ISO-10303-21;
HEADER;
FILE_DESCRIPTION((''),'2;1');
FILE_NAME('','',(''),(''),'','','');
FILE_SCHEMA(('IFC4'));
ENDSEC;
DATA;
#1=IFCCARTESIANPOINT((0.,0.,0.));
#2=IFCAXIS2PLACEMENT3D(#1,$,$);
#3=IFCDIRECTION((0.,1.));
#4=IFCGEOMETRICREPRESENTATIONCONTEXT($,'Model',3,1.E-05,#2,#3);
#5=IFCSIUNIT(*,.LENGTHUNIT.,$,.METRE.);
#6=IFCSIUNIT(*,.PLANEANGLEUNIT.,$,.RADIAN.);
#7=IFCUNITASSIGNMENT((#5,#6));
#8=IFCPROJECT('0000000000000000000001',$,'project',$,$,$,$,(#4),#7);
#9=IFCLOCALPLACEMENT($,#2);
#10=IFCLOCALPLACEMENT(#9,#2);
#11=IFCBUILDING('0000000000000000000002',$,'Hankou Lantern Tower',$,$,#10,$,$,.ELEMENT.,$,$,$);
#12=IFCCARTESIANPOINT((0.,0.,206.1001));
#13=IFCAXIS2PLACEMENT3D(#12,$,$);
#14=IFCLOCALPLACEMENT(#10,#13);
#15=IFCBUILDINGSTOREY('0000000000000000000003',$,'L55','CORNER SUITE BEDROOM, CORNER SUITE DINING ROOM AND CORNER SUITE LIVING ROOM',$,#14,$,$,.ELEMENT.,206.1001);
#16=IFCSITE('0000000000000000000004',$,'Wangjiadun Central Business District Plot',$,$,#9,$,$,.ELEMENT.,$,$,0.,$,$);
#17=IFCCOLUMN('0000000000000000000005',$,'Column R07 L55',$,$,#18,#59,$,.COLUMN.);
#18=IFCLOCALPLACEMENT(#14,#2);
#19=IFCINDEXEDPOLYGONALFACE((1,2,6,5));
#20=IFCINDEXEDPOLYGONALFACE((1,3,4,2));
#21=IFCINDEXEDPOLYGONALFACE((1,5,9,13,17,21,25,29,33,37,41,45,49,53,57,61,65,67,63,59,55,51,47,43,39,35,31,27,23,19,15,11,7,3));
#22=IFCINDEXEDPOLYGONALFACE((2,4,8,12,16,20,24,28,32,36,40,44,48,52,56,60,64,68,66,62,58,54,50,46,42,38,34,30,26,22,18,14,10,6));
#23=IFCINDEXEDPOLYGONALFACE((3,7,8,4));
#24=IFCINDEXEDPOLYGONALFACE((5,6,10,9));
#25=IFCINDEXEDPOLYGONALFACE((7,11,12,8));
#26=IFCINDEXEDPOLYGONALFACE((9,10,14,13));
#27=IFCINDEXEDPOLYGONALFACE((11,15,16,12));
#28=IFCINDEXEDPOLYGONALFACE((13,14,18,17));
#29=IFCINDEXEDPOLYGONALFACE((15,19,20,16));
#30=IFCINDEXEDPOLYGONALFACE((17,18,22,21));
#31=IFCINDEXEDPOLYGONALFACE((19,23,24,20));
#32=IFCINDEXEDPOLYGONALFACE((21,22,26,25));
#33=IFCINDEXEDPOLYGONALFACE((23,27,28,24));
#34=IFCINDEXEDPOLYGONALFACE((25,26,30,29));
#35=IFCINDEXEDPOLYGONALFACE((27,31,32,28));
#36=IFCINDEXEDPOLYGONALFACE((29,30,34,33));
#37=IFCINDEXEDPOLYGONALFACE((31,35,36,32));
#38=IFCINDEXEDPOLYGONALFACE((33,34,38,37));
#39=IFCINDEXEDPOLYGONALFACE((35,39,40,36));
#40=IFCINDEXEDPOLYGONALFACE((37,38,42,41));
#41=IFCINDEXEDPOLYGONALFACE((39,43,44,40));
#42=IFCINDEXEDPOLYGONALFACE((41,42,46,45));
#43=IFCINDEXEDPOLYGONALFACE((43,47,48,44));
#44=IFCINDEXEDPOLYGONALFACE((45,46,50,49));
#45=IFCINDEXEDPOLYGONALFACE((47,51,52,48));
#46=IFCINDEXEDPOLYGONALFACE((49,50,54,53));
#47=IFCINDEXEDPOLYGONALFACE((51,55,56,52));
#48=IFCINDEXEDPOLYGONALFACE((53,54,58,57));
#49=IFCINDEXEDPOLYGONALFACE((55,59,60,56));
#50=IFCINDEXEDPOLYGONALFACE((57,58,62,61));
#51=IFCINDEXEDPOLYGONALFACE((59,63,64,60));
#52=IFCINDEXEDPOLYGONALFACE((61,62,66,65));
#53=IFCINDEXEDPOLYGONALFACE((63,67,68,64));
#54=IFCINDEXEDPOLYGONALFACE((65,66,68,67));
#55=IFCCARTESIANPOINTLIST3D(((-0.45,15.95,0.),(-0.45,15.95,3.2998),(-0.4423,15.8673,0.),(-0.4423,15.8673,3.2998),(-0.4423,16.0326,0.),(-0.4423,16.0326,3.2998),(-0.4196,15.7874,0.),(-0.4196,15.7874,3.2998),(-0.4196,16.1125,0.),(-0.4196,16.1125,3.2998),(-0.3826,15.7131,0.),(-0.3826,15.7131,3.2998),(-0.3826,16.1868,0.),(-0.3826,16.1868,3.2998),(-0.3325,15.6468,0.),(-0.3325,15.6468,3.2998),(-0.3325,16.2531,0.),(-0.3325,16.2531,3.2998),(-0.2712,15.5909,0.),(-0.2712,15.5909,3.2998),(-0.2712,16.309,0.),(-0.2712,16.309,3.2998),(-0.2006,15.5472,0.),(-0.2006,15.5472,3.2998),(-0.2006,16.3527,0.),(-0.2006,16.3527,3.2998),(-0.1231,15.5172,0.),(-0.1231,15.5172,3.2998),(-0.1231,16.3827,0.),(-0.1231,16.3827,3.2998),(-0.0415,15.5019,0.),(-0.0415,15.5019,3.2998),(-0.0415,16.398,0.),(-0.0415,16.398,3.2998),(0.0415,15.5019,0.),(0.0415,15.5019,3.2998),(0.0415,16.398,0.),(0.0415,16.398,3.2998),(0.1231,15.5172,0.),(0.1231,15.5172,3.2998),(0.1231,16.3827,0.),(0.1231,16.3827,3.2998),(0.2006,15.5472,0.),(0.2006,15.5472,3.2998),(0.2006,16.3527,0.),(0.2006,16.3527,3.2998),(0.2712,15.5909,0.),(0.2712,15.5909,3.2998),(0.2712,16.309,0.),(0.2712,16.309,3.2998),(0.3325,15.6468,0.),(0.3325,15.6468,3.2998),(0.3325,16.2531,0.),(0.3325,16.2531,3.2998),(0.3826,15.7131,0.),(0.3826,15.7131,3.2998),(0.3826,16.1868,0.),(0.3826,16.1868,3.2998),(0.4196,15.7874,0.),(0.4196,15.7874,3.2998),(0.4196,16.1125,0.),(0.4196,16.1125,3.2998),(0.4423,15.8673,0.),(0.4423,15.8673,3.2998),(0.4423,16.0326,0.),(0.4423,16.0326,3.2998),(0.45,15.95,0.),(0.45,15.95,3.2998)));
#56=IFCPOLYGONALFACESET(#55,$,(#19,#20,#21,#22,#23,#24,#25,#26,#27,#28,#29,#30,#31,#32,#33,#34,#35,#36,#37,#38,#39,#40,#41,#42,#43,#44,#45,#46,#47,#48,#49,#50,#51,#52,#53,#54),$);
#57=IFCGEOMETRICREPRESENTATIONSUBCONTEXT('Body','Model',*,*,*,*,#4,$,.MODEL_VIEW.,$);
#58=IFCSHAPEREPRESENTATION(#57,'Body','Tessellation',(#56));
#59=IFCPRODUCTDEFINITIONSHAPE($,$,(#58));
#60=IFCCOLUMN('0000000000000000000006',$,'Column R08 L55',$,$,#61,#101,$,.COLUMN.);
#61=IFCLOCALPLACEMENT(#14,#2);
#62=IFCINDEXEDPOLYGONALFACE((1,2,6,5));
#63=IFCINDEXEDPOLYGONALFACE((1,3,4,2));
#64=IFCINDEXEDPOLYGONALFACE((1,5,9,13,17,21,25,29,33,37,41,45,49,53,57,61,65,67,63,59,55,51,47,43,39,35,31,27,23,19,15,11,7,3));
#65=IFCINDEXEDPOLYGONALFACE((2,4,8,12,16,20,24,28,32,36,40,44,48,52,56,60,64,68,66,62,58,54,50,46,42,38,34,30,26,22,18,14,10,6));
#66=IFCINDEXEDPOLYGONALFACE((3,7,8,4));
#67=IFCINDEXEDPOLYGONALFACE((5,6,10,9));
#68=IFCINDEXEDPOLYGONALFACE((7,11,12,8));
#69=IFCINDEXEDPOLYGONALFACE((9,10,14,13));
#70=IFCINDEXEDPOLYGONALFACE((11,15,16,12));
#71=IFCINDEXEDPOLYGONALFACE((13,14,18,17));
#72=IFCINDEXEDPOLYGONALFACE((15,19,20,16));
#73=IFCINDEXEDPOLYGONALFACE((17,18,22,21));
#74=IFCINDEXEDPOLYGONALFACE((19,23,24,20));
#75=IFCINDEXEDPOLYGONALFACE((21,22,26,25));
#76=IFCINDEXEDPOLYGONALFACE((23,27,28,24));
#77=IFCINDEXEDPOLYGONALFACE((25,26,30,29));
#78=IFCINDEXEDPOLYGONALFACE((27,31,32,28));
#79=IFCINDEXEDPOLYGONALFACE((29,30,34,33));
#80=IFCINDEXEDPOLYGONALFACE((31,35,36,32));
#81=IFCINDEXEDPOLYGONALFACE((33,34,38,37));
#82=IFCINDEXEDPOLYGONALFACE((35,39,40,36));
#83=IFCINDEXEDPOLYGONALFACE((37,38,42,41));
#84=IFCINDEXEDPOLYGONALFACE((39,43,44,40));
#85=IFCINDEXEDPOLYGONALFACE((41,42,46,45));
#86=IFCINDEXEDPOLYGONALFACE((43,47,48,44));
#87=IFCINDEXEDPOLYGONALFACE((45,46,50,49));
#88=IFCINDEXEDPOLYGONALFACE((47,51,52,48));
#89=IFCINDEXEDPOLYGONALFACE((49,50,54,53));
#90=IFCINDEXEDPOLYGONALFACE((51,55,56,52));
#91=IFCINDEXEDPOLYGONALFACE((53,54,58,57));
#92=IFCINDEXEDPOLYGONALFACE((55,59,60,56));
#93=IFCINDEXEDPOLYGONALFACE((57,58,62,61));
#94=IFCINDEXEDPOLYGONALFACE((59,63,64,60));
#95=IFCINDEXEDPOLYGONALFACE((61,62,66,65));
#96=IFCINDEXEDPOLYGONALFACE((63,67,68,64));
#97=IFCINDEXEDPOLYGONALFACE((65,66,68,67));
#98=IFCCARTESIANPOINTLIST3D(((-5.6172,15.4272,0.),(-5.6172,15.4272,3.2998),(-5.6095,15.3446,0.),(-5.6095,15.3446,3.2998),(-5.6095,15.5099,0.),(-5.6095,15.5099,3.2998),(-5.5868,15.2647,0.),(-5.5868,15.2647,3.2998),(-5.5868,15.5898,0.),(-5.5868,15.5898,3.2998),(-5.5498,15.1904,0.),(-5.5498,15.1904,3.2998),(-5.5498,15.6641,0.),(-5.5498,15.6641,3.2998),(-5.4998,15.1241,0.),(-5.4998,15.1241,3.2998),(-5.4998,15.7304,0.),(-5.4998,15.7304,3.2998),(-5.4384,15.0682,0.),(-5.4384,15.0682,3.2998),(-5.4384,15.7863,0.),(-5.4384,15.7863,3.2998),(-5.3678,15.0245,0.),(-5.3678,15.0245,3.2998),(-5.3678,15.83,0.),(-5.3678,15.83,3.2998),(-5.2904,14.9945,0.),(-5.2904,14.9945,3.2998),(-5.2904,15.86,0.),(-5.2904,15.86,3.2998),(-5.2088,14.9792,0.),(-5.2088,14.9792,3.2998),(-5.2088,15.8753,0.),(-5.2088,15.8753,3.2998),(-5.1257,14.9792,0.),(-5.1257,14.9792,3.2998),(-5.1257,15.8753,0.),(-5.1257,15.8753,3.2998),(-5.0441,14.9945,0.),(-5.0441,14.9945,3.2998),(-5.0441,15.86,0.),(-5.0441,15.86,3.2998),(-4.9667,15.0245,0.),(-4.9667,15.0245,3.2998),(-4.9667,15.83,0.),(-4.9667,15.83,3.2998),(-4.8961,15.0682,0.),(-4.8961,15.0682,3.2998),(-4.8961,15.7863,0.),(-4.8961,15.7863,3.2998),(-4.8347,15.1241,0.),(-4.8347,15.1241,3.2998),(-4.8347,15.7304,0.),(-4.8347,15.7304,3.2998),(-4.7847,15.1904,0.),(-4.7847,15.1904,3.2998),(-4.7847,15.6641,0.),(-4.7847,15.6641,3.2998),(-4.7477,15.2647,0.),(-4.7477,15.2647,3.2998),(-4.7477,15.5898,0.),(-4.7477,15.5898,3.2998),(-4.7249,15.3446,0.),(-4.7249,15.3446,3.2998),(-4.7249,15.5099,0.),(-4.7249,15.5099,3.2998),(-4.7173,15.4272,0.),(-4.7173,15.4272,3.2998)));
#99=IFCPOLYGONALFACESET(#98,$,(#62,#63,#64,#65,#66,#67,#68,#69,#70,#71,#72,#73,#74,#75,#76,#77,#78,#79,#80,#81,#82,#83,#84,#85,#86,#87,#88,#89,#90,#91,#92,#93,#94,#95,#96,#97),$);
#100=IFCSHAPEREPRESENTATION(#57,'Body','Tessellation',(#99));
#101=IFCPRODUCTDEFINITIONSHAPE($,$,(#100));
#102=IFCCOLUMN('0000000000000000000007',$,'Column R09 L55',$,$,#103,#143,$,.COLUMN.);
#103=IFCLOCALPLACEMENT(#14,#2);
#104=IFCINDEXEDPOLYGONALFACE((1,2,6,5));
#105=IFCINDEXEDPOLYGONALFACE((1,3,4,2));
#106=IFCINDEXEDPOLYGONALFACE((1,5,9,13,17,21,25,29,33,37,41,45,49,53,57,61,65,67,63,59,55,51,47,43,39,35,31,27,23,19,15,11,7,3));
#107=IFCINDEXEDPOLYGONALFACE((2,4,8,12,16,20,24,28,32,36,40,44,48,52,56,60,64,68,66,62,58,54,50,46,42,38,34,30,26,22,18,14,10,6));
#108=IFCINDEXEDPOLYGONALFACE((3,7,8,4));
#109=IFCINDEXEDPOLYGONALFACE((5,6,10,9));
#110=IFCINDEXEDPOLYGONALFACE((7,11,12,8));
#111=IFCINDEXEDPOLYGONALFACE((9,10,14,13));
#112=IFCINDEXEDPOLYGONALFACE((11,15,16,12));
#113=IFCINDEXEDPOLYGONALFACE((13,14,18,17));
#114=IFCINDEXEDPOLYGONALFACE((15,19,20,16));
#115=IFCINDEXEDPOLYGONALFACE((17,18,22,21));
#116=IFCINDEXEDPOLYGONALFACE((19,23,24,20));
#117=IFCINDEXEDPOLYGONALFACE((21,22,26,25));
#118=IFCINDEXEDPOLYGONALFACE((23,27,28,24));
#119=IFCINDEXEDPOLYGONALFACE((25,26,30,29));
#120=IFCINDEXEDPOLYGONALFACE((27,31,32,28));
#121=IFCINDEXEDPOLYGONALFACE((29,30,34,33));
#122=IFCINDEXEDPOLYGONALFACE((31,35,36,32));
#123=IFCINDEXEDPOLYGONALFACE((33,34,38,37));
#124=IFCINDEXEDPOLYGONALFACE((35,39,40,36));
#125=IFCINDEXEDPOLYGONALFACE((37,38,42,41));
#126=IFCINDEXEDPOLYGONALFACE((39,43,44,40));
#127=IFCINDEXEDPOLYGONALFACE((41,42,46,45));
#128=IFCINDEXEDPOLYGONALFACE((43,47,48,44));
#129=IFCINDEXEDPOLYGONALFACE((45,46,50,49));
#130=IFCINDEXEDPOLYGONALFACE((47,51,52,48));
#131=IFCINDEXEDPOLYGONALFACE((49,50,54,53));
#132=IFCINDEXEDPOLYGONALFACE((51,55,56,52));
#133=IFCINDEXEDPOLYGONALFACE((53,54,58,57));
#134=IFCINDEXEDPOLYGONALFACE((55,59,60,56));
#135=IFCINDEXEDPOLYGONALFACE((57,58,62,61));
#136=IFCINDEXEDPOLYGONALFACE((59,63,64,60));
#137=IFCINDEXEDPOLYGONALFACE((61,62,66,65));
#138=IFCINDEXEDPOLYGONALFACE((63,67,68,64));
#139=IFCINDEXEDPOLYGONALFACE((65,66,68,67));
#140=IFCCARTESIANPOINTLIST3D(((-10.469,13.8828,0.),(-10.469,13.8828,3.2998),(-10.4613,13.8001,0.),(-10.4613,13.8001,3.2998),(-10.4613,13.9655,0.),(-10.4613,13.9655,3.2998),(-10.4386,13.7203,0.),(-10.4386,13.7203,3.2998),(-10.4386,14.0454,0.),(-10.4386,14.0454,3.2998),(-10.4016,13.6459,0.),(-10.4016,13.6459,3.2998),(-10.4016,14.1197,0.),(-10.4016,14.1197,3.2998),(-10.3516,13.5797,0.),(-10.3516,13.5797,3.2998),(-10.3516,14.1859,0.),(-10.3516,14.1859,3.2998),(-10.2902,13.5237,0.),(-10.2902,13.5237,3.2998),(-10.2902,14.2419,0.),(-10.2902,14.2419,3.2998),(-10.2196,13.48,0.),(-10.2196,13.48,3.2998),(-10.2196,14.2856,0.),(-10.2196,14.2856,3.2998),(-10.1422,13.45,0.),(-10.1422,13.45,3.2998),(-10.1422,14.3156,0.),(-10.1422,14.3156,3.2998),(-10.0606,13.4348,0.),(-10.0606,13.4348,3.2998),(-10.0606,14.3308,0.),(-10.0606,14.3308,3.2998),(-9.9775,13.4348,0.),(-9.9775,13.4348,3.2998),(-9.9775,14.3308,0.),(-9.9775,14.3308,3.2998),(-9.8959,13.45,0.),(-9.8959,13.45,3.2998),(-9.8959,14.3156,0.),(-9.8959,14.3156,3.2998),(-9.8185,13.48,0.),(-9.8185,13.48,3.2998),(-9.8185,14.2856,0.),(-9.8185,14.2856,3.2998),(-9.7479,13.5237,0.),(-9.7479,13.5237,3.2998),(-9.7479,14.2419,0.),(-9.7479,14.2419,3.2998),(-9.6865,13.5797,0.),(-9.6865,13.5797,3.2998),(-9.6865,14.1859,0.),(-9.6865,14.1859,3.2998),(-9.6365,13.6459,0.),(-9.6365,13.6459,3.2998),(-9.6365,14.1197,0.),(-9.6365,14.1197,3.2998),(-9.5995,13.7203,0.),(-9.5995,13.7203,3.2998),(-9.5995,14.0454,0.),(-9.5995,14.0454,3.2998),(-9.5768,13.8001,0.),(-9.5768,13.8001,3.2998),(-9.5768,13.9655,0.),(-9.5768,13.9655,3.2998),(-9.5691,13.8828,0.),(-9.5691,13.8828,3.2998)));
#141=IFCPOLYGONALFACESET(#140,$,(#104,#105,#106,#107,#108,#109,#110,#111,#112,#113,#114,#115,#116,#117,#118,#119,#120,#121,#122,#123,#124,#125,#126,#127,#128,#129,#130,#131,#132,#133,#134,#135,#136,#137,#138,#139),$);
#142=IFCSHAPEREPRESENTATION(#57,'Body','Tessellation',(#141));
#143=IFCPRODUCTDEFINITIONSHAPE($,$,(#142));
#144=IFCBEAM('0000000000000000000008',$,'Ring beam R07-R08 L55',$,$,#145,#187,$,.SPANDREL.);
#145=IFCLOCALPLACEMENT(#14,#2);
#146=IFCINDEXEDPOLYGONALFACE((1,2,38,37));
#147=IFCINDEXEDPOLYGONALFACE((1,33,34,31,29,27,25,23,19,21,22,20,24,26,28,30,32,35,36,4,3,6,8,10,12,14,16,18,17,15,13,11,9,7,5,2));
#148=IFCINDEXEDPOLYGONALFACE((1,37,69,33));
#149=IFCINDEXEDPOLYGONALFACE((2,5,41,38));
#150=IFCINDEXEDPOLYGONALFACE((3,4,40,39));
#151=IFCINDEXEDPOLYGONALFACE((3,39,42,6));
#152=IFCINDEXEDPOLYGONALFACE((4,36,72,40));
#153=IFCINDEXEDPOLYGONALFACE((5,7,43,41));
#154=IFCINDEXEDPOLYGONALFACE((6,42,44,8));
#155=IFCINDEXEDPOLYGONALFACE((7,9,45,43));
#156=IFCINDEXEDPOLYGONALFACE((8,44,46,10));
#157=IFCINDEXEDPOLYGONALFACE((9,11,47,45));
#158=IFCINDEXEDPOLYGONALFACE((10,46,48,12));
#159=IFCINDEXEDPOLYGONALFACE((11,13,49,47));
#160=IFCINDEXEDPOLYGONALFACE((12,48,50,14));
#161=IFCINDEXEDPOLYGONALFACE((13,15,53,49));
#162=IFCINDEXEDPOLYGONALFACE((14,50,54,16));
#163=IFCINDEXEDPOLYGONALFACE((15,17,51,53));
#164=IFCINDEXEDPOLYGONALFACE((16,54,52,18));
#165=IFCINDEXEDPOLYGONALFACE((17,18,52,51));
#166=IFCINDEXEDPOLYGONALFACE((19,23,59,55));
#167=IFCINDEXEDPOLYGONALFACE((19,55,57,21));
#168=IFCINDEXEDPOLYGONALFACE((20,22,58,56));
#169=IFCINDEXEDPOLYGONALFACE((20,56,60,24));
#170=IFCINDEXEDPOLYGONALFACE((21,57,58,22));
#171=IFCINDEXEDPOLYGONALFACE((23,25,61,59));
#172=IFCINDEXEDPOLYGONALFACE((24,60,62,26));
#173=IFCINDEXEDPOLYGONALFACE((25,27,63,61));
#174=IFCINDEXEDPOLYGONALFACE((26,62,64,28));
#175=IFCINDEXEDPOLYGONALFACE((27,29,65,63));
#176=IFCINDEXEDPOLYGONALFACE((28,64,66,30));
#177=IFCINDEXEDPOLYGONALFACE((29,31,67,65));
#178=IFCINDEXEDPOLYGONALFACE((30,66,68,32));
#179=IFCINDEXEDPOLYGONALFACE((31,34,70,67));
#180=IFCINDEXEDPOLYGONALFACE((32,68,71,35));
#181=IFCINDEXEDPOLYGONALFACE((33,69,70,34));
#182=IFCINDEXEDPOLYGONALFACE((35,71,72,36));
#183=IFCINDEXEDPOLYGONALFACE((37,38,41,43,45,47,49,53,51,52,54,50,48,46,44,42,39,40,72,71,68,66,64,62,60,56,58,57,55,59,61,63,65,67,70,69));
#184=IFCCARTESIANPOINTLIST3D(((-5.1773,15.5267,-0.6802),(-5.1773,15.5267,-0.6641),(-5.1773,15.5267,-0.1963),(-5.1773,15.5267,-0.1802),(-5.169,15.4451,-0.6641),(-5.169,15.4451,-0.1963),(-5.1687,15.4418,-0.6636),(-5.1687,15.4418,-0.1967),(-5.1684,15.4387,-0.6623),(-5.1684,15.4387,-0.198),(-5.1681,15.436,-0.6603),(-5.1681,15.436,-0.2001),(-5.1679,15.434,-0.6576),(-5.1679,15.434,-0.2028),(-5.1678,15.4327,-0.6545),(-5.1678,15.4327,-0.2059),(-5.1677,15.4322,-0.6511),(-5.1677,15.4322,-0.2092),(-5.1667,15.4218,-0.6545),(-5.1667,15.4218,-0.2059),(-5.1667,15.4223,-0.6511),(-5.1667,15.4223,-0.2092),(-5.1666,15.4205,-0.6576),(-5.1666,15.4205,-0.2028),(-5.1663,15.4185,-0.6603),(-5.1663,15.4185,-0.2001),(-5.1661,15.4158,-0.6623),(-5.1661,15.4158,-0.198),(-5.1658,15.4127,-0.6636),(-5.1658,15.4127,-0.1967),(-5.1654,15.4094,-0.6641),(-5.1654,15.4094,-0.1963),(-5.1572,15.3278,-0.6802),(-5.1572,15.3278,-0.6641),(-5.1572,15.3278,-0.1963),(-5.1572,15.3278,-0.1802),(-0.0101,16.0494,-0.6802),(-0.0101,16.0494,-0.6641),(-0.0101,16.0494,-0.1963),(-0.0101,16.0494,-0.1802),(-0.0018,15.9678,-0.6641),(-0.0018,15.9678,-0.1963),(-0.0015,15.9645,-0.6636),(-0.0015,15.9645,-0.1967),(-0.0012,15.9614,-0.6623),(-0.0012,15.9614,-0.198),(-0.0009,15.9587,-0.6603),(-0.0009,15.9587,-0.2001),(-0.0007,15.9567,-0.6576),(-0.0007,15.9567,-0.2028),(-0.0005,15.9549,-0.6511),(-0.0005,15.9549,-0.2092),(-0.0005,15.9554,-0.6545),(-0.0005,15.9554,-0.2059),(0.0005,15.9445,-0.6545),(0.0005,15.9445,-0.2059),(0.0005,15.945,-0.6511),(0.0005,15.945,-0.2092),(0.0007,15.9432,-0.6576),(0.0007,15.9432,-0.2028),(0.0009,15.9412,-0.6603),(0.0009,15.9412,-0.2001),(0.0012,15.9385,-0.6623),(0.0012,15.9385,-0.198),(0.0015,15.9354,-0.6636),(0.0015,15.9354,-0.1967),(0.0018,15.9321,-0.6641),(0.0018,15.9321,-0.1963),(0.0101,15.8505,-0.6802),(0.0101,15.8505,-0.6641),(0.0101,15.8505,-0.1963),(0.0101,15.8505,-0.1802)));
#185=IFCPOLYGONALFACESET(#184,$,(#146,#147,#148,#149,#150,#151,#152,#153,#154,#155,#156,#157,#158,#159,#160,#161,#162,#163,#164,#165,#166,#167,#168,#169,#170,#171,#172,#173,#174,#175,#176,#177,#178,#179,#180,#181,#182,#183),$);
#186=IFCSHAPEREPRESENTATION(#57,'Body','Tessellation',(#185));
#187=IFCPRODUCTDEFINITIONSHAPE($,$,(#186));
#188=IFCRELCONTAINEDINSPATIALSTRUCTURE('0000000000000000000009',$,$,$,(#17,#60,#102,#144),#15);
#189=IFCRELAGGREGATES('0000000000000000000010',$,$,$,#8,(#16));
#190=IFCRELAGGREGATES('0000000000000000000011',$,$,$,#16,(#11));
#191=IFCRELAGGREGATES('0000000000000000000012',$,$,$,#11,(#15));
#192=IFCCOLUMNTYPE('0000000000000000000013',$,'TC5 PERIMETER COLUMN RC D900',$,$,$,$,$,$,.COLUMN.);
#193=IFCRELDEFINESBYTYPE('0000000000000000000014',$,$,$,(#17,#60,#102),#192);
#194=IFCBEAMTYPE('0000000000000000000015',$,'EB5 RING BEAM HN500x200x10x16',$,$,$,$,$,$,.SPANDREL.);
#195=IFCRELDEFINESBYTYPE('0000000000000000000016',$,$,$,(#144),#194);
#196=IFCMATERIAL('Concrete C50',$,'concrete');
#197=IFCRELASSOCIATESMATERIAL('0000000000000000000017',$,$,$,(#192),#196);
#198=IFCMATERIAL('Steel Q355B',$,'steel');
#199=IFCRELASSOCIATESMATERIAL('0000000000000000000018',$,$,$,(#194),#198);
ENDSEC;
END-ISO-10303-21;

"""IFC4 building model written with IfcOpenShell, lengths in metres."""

from ifc_helpers import new_model, si_unit, direction, frame, origin, origin_2d, place, context, subcontext, project, spatial, circle, i_section, extrude, material, material_profile, profile_set, type_object, element, save


model = new_model("IFC4")

# Units and contexts
model_context = context("Model", 3, precision=1e-05, world=origin(), true_north=direction((0.0, 1.0)))
body_context = subcontext(model_context, "Body", "Model", "MODEL_VIEW")
ifc_project = project(units=[si_unit("LENGTHUNIT", "METRE"), si_unit("PLANEANGLEUNIT", "RADIAN")], contexts=[model_context])

# Site, building, storey
site_placement = place(None, origin())
site = spatial("IfcSite", under=ifc_project, at=site_placement, Name="Wangjiadun Central Business District Plot", CompositionType="ELEMENT", RefElevation=0.0)
building_placement = place(site_placement, origin())
building = spatial("IfcBuilding", under=site, at=building_placement, Name="Hankou Lantern Tower", CompositionType="ELEMENT")
storey_placement = place(building_placement, frame((0.0, 0.0, 206.1001)))
storey = spatial("IfcBuildingStorey", under=building, at=storey_placement, Name="L55", Description="CORNER SUITE BEDROOM, CORNER SUITE DINING ROOM AND CORNER SUITE LIVING ROOM", CompositionType="ELEMENT", Elevation=206.1001)

# Columns
ifc_material_1 = material(Name="Concrete C50", Category="concrete")
ifc_material_profile_1 = material_profile(ifc_material_1, circle(Radius=0.45, at=origin_2d()), Name="RC D900")
ifc_profile_set_1 = profile_set([ifc_material_profile_1], Name="Concrete C50")
column_type = type_object("IfcColumnType", Name="TC5 PERIMETER COLUMN RC D900", PredefinedType="COLUMN", material=ifc_profile_set_1)
for number, where, z_axis, x_axis, name in (
    (1, (0.0, 15.95, 0.0), (0.0, 0.0, 1.0), (1.0, 0.0, 0.0), "Column R07 L55"),
    (2, (-5.1672, 15.4272, 0.0), (0.0, 0.0, 1.0), (1.0, 0.0, 0.0), "Column R08 L55"),
    (3, (-10.019, 13.8828, 0.0), (0.0, 0.0, 1.0), (1.0, 0.0, 0.0), "Column R09 L55"),
):
    element("IfcColumn", number, at=place(storey_placement, frame(where, z_axis=z_axis, x_axis=x_axis)), inside=storey, type_object=column_type, Name=name, PredefinedType="COLUMN", context=body_context, shape_type="SweptSolid", body=[
        extrude(circle(Radius=0.45, at=origin_2d()), origin(), (0.0, 0.0, 1.0), 3.2998),
    ])

# Beam
ifc_material_2 = material(Name="Steel Q355B", Category="steel")
ifc_material_profile_2 = material_profile(ifc_material_2, i_section(OverallWidth=0.2, OverallDepth=0.5, WebThickness=0.01, FlangeThickness=0.0161, FilletRadius=0.0129, at=origin_2d()), Name="HN500x200x10x16")
ifc_profile_set_2 = profile_set([ifc_material_profile_2], Name="Steel Q355B")
beam_type_1 = type_object("IfcBeamType", Name="EB5 RING BEAM HN500x200x10x16", PredefinedType="SPANDREL", material=ifc_profile_set_2)
beam_1_placement = place(storey_placement, frame((0.0, 15.95, -0.4302), z_axis=(-0.994923, -0.100644, 0.0), x_axis=(0.100644, -0.994923, 0.0)))
element("IfcBeam", 4, at=beam_1_placement, inside=storey, type_object=beam_type_1, Name="Ring beam R07-R08 L55", PredefinedType="SPANDREL", context=body_context, shape_type="SweptSolid", body=[
    extrude(i_section(OverallWidth=0.2, OverallDepth=0.5, WebThickness=0.01, FlangeThickness=0.0161, FilletRadius=0.0129, at=origin_2d()), origin(), (0.0, 0.0, 1.0), 5.1936),
])

save(model, "model.ifc")
